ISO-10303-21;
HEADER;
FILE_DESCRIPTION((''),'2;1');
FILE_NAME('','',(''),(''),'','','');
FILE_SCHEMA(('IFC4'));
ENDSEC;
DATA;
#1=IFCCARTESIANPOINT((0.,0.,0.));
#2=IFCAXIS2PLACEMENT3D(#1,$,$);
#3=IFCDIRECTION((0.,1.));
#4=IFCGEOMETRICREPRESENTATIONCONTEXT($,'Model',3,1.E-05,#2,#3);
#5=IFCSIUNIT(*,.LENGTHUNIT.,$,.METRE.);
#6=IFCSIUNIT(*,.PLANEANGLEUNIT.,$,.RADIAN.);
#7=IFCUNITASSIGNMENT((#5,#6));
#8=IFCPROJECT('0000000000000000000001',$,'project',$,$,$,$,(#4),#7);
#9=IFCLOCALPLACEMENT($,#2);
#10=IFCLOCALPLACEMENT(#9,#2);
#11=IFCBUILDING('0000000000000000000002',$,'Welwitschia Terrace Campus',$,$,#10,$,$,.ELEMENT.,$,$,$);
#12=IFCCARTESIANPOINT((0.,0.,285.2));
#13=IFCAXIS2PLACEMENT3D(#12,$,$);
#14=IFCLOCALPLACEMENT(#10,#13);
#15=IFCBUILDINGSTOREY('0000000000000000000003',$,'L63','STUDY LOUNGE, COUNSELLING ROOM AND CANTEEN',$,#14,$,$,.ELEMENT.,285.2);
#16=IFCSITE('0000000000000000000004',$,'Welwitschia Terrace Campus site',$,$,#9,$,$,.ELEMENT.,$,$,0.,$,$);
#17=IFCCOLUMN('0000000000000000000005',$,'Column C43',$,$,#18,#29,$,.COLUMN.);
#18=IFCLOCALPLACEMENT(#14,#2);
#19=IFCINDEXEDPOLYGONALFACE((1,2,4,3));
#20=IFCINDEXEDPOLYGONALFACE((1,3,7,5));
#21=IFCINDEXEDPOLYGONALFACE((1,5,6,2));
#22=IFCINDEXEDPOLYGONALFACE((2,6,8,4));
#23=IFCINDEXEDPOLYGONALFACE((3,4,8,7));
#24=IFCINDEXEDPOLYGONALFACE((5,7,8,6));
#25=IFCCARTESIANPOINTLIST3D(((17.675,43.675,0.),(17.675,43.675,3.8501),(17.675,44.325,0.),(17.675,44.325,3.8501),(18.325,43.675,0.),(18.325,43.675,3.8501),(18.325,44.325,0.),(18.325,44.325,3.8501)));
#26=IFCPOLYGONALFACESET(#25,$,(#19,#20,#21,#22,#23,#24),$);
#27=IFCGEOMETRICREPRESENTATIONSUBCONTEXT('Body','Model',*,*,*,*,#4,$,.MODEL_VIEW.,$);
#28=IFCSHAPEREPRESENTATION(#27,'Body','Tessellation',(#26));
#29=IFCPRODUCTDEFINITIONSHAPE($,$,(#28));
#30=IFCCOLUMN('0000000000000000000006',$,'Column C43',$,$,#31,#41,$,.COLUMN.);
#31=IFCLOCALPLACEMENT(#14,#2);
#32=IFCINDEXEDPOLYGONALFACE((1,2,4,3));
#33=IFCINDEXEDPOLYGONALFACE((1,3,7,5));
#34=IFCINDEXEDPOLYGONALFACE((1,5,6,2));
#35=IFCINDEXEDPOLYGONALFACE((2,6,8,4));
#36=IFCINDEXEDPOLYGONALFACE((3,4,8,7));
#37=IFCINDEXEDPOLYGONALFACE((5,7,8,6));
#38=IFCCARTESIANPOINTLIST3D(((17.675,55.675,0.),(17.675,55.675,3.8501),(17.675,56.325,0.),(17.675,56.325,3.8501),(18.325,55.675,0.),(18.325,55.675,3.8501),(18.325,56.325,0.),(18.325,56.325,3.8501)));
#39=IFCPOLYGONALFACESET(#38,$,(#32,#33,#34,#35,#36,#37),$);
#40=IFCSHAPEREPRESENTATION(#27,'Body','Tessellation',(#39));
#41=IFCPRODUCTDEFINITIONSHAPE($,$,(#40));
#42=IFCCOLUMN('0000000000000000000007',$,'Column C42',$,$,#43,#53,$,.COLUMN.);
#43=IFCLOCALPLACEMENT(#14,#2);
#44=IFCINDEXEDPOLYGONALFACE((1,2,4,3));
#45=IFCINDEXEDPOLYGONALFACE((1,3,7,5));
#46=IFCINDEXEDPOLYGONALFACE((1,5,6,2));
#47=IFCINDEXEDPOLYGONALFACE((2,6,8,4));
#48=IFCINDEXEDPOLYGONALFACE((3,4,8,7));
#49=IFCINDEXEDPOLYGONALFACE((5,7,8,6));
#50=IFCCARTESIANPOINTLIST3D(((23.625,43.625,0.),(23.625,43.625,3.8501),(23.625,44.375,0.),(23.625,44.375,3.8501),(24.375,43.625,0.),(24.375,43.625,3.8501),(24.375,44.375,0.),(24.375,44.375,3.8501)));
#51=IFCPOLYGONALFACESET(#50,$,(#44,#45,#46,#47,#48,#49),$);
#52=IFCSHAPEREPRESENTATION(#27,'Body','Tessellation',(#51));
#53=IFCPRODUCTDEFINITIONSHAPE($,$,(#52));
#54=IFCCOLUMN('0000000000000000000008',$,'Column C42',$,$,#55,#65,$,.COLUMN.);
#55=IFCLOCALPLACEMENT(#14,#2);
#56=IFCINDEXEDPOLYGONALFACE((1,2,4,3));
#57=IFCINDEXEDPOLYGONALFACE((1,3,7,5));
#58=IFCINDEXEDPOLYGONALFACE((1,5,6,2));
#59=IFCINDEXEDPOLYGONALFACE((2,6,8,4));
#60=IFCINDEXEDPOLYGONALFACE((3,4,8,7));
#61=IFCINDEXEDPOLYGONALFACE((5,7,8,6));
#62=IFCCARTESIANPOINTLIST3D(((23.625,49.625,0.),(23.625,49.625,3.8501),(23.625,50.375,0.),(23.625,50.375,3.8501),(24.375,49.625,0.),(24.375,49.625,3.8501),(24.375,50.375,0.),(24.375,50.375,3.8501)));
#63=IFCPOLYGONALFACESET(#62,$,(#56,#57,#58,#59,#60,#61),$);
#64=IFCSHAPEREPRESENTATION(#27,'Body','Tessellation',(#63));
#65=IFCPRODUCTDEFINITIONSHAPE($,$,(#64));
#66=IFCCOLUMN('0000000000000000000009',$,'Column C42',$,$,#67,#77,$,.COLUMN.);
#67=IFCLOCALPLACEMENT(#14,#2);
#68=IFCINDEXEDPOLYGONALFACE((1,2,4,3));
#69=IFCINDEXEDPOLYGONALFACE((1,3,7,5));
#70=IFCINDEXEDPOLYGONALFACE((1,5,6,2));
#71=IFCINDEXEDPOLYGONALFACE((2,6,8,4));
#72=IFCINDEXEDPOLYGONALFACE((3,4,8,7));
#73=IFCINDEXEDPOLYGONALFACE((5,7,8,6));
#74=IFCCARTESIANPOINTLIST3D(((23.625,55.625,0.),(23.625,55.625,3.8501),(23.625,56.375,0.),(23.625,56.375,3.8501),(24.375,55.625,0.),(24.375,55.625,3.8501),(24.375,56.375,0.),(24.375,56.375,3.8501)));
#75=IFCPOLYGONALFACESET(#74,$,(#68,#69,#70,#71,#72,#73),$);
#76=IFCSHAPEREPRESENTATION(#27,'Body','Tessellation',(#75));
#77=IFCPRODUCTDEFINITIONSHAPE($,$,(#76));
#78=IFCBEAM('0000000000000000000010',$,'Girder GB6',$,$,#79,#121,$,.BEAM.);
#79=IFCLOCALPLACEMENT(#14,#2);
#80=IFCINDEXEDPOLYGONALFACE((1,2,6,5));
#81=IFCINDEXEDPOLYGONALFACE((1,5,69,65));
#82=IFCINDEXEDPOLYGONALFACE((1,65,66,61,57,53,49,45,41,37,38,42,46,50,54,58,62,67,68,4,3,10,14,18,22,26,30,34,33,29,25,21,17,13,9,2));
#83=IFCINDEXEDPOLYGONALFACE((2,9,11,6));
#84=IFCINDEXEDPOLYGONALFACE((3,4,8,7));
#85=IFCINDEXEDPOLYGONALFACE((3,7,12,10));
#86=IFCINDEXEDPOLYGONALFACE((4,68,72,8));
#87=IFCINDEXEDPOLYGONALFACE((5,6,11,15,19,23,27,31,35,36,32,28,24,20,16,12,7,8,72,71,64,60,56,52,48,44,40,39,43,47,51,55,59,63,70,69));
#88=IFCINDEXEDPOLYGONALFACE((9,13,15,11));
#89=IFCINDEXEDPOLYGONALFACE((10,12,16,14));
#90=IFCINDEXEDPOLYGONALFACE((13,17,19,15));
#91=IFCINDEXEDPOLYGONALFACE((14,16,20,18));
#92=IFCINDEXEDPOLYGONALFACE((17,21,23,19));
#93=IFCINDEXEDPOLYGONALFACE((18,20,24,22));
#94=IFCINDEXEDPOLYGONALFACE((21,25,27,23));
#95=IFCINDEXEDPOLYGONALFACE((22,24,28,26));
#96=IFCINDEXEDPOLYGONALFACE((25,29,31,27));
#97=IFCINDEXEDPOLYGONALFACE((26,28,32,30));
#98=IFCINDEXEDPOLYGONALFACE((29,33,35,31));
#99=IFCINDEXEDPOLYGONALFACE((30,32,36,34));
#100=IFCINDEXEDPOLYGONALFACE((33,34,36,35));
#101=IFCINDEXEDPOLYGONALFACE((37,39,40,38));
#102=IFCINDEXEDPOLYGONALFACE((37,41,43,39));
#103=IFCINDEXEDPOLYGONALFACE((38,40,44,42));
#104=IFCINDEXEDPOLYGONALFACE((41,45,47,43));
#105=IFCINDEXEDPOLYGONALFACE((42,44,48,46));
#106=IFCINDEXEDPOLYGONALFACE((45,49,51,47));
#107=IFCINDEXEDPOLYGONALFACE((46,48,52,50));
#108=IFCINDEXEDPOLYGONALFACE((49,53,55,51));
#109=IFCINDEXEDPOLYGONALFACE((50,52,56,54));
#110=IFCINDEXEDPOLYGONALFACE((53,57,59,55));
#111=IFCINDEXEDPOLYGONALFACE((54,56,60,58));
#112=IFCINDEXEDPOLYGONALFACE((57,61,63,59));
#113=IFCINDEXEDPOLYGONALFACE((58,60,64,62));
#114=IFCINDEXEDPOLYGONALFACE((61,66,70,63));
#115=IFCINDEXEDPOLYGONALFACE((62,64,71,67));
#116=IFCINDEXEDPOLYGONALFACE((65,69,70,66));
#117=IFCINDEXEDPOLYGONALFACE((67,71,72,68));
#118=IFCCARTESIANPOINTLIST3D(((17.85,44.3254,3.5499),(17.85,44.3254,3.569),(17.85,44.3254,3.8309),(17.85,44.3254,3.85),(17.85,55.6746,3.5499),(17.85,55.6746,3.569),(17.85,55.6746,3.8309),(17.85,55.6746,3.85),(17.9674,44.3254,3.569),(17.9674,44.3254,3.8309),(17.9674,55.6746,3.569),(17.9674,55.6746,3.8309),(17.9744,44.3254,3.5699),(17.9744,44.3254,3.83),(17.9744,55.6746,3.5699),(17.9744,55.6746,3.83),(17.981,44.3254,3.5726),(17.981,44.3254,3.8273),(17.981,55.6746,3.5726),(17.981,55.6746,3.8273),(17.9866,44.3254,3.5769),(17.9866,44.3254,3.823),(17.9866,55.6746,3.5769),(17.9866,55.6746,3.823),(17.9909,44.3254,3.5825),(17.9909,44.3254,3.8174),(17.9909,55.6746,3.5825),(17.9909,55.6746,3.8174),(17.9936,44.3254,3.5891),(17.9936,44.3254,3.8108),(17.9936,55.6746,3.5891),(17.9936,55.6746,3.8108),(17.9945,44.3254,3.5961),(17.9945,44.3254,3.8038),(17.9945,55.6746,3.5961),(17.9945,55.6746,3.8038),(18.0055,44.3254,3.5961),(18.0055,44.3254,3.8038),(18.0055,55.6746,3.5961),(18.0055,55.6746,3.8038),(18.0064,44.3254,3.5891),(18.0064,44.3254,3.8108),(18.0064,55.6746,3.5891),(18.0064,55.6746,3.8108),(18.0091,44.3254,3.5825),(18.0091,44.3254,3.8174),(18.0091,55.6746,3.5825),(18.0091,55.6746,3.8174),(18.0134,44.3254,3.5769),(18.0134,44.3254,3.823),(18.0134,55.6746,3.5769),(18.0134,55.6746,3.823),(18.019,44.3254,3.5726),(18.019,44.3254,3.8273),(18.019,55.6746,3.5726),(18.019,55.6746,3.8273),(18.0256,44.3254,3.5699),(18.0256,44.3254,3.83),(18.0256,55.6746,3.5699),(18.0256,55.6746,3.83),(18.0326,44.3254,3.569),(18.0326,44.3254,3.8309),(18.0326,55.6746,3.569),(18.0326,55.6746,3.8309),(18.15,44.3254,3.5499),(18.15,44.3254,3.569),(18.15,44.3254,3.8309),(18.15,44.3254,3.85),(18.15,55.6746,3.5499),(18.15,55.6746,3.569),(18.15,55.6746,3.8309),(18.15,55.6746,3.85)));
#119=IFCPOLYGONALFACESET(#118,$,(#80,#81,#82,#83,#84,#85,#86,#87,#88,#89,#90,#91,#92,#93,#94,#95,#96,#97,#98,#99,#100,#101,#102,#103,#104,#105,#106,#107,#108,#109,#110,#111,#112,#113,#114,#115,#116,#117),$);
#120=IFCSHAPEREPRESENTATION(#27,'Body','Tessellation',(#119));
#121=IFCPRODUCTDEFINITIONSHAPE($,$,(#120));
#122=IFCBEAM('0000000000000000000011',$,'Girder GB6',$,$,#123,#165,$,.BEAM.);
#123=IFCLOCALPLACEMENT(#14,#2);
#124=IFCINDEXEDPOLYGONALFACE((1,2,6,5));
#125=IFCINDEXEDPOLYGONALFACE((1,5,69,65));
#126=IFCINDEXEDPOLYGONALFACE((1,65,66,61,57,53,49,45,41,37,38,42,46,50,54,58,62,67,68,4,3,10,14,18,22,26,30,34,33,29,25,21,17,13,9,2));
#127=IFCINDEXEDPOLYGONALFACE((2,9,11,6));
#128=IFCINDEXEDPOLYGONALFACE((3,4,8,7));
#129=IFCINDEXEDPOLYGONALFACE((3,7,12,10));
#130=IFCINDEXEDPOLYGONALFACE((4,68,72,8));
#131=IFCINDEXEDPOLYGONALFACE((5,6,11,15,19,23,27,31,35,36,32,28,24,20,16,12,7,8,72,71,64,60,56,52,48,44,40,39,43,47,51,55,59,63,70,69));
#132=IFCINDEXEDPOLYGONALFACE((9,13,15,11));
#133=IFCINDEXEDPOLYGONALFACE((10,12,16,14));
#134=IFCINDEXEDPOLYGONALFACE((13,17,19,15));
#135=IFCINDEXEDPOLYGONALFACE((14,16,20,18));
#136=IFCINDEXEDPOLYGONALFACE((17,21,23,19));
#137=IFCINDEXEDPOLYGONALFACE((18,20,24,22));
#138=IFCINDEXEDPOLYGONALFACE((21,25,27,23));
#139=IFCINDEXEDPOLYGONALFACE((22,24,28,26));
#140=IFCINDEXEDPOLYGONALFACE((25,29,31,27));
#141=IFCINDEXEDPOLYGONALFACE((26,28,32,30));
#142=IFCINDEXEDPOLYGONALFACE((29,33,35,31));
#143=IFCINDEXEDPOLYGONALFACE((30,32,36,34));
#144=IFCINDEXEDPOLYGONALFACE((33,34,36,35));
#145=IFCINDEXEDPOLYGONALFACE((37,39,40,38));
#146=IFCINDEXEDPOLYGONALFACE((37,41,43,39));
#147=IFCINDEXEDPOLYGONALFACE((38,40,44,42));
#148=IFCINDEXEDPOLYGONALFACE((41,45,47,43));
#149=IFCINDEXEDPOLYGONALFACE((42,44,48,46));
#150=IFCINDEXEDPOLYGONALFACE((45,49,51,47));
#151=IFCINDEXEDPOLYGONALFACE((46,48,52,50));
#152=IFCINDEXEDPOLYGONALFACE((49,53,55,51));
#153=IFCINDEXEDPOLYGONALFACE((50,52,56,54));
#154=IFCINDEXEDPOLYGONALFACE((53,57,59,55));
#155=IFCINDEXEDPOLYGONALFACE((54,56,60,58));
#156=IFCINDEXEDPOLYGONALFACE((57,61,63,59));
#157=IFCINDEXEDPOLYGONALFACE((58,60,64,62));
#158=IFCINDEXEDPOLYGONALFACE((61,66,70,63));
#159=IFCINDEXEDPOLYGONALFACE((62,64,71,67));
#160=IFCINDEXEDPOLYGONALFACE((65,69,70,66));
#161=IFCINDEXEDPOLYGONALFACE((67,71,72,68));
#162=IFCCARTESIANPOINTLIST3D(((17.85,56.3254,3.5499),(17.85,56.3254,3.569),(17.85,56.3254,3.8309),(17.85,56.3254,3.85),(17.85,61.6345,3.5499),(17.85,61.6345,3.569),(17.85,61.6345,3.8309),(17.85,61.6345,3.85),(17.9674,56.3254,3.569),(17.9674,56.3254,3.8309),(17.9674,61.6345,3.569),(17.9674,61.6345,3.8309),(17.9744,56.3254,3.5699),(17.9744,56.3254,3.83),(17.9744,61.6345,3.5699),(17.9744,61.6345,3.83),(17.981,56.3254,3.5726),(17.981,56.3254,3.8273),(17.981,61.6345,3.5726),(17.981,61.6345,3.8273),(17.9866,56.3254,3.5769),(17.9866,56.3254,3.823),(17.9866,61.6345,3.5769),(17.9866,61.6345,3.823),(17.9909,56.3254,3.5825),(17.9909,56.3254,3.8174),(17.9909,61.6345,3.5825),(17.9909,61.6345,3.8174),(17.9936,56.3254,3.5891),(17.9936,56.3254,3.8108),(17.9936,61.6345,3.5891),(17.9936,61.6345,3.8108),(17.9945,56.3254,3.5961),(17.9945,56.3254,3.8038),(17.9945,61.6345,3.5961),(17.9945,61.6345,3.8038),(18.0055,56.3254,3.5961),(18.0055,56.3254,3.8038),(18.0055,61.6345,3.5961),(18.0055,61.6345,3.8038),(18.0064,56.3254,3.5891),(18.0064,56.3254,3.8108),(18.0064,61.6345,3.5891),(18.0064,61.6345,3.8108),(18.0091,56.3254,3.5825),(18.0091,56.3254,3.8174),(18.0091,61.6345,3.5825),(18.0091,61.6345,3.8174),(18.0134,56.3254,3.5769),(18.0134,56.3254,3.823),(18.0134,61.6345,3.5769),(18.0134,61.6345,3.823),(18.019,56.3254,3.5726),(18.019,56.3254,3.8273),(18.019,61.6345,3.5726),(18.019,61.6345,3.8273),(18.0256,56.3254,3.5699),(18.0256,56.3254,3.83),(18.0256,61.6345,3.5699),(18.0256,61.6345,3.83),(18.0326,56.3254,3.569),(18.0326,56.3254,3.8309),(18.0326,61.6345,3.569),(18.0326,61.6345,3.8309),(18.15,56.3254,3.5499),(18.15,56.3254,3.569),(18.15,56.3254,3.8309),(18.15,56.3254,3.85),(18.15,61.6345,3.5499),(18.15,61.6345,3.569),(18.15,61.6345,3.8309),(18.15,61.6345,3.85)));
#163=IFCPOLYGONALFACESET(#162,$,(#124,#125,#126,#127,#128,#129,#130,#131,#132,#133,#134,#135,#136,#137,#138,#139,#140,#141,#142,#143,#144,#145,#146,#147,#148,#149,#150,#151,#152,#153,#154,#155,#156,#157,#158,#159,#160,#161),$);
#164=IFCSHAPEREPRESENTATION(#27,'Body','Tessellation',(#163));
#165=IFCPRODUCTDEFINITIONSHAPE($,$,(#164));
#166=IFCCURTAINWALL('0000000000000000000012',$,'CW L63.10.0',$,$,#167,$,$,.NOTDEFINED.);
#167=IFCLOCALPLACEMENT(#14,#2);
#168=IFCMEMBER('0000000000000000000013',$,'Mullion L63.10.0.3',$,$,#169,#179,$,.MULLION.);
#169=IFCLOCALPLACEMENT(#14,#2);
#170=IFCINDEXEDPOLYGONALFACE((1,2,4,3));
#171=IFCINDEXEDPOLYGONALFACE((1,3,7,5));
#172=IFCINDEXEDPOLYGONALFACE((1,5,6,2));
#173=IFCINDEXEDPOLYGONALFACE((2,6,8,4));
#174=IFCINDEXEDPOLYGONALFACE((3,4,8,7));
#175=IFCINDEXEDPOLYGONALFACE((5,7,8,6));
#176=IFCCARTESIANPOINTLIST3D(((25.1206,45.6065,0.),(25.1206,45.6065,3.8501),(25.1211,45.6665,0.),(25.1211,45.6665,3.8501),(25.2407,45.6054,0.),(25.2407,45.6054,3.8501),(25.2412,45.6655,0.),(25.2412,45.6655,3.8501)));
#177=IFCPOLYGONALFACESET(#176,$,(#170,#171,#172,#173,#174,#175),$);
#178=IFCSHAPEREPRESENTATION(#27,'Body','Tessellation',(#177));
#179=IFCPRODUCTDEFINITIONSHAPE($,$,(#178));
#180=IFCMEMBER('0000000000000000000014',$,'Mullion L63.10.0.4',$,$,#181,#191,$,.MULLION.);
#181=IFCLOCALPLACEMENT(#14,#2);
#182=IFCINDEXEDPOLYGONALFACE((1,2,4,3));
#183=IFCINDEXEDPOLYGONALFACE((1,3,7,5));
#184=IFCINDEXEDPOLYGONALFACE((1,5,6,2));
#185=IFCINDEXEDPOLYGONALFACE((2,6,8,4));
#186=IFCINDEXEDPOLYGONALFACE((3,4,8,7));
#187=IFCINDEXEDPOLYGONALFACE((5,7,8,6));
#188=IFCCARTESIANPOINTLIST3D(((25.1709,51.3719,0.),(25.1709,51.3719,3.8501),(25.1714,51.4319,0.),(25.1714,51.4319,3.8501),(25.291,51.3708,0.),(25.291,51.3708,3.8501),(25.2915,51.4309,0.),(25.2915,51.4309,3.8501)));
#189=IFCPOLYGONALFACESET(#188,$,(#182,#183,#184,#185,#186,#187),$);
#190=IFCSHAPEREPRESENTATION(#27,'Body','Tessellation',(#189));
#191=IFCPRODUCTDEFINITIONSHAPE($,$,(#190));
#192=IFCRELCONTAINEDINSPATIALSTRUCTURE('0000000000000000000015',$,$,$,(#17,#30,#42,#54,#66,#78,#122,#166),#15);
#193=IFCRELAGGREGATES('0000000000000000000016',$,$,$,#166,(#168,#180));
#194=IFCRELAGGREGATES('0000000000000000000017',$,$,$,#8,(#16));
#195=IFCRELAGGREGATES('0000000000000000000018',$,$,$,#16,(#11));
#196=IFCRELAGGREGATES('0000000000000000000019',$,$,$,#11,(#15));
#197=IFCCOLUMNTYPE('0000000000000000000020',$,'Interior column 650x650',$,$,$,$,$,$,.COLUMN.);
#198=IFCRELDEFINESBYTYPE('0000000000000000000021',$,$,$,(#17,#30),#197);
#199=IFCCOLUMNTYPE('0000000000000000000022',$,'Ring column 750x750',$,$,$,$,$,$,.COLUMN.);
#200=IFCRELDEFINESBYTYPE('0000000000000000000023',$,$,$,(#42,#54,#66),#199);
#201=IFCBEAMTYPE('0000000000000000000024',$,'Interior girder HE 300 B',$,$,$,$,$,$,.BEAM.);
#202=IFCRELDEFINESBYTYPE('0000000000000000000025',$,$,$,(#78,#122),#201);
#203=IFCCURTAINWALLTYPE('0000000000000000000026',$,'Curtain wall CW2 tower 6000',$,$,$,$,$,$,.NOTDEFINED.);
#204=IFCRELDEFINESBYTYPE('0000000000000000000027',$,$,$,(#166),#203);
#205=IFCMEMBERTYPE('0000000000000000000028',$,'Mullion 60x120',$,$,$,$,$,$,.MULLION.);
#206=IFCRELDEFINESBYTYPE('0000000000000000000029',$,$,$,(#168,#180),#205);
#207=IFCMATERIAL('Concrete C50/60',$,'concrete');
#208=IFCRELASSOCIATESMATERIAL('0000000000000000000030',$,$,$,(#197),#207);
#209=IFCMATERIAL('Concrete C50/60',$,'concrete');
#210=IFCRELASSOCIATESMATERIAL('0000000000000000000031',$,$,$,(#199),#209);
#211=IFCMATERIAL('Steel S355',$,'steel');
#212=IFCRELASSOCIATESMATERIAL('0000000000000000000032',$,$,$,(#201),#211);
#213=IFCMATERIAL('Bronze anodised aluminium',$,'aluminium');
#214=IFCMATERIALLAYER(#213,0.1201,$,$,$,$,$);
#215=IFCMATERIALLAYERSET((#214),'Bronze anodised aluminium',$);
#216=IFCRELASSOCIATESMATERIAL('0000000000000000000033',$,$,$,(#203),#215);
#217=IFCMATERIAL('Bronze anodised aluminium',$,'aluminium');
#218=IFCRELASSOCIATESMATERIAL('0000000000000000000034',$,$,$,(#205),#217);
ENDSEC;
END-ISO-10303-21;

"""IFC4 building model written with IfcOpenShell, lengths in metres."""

from ifc_helpers import new_model, si_unit, direction, frame, origin, origin_2d, place, context, subcontext, project, spatial, rectangle, i_section, extrude, material, layer, layer_set, material_profile, profile_set, type_object, element, aggregate, save


model = new_model("IFC4")

# Units and contexts
model_context = context("Model", 3, precision=1e-05, world=origin(), true_north=direction((0.0, 1.0)))
body_context = subcontext(model_context, "Body", "Model", "MODEL_VIEW")
ifc_project = project(units=[si_unit("LENGTHUNIT", "METRE"), si_unit("PLANEANGLEUNIT", "RADIAN")], contexts=[model_context])

# Site, building, storey
site_placement = place(None, origin())
site = spatial("IfcSite", under=ifc_project, at=site_placement, Name="Welwitschia Terrace Campus site", CompositionType="ELEMENT", RefElevation=0.0)
building_placement = place(site_placement, origin())
building = spatial("IfcBuilding", under=site, at=building_placement, Name="Welwitschia Terrace Campus", CompositionType="ELEMENT")
storey_placement = place(building_placement, frame((0.0, 0.0, 285.2)))
storey = spatial("IfcBuildingStorey", under=building, at=storey_placement, Name="L63", Description="STUDY LOUNGE, COUNSELLING ROOM AND CANTEEN", CompositionType="ELEMENT", Elevation=285.2)

# Columns
ifc_material_1 = material(Name="Concrete C50/60", Category="concrete")
ifc_material_profile_1 = material_profile(ifc_material_1, rectangle(XDim=0.6499, YDim=0.6499, at=origin_2d()))
ifc_profile_set_1 = profile_set([ifc_material_profile_1], Name="Concrete C50/60")
column_type_1 = type_object("IfcColumnType", Name="Interior column 650x650", PredefinedType="COLUMN", material=ifc_profile_set_1)
for number, where, z_axis, x_axis, name in (
    (1, (18.0, 44.0, 0.0), (0.0, 0.0, 1.0), (1.0, 0.0, 0.0), "Column C43"),
    (2, (18.0, 56.0, 0.0), (0.0, 0.0, 1.0), (1.0, 0.0, 0.0), "Column C43"),
):
    element("IfcColumn", number, at=place(storey_placement, frame(where, z_axis=z_axis, x_axis=x_axis)), inside=storey, type_object=column_type_1, Name=name, PredefinedType="COLUMN", context=body_context, shape_type="SweptSolid", body=[
        extrude(rectangle(XDim=0.6499, YDim=0.6499, at=origin_2d()), origin(), (0.0, 0.0, 1.0), 3.8501),
    ])
ifc_material_2 = material(Name="Concrete C50/60", Category="concrete")
ifc_material_profile_2 = material_profile(ifc_material_2, rectangle(XDim=0.75, YDim=0.75, at=origin_2d()))
ifc_profile_set_2 = profile_set([ifc_material_profile_2], Name="Concrete C50/60")
column_type_2 = type_object("IfcColumnType", Name="Ring column 750x750", PredefinedType="COLUMN", material=ifc_profile_set_2)
for number, where, z_axis, x_axis, name in (
    (3, (24.0, 44.0, 0.0), (0.0, 0.0, 1.0), (1.0, 0.0, 0.0), "Column C42"),
    (4, (24.0, 50.0, 0.0), (0.0, 0.0, 1.0), (1.0, 0.0, 0.0), "Column C42"),
    (5, (24.0, 56.0, 0.0), (0.0, 0.0, 1.0), (1.0, 0.0, 0.0), "Column C42"),
):
    element("IfcColumn", number, at=place(storey_placement, frame(where, z_axis=z_axis, x_axis=x_axis)), inside=storey, type_object=column_type_2, Name=name, PredefinedType="COLUMN", context=body_context, shape_type="SweptSolid", body=[
        extrude(rectangle(XDim=0.75, YDim=0.75, at=origin_2d()), origin(), (0.0, 0.0, 1.0), 3.8501),
    ])

# Beams
ifc_material_3 = material(Name="Steel S355", Category="steel")
ifc_material_profile_3 = material_profile(ifc_material_3, i_section(OverallWidth=0.3, OverallDepth=0.3, WebThickness=0.011, FlangeThickness=0.019, FilletRadius=0.0271, at=origin_2d()))
ifc_profile_set_3 = profile_set([ifc_material_profile_3], Name="Steel S355")
beam_type_1 = type_object("IfcBeamType", Name="Interior girder HE 300 B", PredefinedType="BEAM", material=ifc_profile_set_3)
beam_1_placement = place(storey_placement, frame((18.0, 44.3254, 3.7), z_axis=(0.0, 1.0, 0.0), x_axis=(-1.0, 0.0, 0.0)))
element("IfcBeam", 6, at=beam_1_placement, inside=storey, type_object=beam_type_1, Name="Girder GB6", PredefinedType="BEAM", context=body_context, shape_type="SweptSolid", body=[
    extrude(i_section(OverallWidth=0.3, OverallDepth=0.3, WebThickness=0.011, FlangeThickness=0.019, FilletRadius=0.0271, at=origin_2d()), origin(), (0.0, 0.0, 1.0), 11.3491),
])
beam_2_placement = place(storey_placement, frame((18.0, 56.3254, 3.7), z_axis=(0.0, 1.0, 0.0), x_axis=(-1.0, 0.0, 0.0)))
element("IfcBeam", 7, at=beam_2_placement, inside=storey, type_object=beam_type_1, Name="Girder GB6", PredefinedType="BEAM", context=body_context, shape_type="SweptSolid", body=[
    extrude(i_section(OverallWidth=0.3, OverallDepth=0.3, WebThickness=0.011, FlangeThickness=0.019, FilletRadius=0.0271, at=origin_2d()), origin(), (0.0, 0.0, 1.0), 5.3091),
])

# Curtain wall, members
ifc_material_4 = material(Name="Bronze anodised aluminium", Category="aluminium")
ifc_layer_1 = layer(ifc_material_4, 0.1201)
ifc_layer_set_1 = layer_set([ifc_layer_1], Name="Bronze anodised aluminium")
curtain_wall_type = type_object("IfcCurtainWallType", Name="Curtain wall CW2 tower 6000", PredefinedType="NOTDEFINED", material=ifc_layer_set_1)
curtain_wall_placement = place(storey_placement, origin())
curtain_wall = element("IfcCurtainWall", 8, at=curtain_wall_placement, inside=storey, type_object=curtain_wall_type, Name="CW L63.10.0", PredefinedType="NOTDEFINED")
ifc_material_5 = material(Name="Bronze anodised aluminium", Category="aluminium")
ifc_material_profile_4 = material_profile(ifc_material_5, rectangle(XDim=0.1201, YDim=0.0601, at=origin_2d()))
ifc_profile_set_4 = profile_set([ifc_material_profile_4], Name="Bronze anodised aluminium")
member_type = type_object("IfcMemberType", Name="Mullion 60x120", PredefinedType="MULLION", material=ifc_profile_set_4)
member_1_placement = place(storey_placement, frame((25.1809, 45.636, 0.0), z_axis=(0.0, 0.0, 1.0), x_axis=(-0.999962, 0.008727, 0.0)))
member_1 = element("IfcMember", 9, at=member_1_placement, type_object=member_type, Name="Mullion L63.10.0.3", PredefinedType="MULLION", context=body_context, shape_type="SweptSolid", body=[
    extrude(rectangle(XDim=0.1201, YDim=0.0601, at=origin_2d()), origin(), (0.0, 0.0, 1.0), 3.8501),
])
member_2_placement = place(storey_placement, frame((25.2312, 51.4014, 0.0), z_axis=(0.0, 0.0, 1.0), x_axis=(-0.999962, 0.008727, 0.0)))
member_2 = element("IfcMember", 10, at=member_2_placement, type_object=member_type, Name="Mullion L63.10.0.4", PredefinedType="MULLION", context=body_context, shape_type="SweptSolid", body=[
    extrude(rectangle(XDim=0.1201, YDim=0.0601, at=origin_2d()), origin(), (0.0, 0.0, 1.0), 3.8501),
])

aggregate(curtain_wall, [member_1, member_2])

save(model, "model.ifc")
